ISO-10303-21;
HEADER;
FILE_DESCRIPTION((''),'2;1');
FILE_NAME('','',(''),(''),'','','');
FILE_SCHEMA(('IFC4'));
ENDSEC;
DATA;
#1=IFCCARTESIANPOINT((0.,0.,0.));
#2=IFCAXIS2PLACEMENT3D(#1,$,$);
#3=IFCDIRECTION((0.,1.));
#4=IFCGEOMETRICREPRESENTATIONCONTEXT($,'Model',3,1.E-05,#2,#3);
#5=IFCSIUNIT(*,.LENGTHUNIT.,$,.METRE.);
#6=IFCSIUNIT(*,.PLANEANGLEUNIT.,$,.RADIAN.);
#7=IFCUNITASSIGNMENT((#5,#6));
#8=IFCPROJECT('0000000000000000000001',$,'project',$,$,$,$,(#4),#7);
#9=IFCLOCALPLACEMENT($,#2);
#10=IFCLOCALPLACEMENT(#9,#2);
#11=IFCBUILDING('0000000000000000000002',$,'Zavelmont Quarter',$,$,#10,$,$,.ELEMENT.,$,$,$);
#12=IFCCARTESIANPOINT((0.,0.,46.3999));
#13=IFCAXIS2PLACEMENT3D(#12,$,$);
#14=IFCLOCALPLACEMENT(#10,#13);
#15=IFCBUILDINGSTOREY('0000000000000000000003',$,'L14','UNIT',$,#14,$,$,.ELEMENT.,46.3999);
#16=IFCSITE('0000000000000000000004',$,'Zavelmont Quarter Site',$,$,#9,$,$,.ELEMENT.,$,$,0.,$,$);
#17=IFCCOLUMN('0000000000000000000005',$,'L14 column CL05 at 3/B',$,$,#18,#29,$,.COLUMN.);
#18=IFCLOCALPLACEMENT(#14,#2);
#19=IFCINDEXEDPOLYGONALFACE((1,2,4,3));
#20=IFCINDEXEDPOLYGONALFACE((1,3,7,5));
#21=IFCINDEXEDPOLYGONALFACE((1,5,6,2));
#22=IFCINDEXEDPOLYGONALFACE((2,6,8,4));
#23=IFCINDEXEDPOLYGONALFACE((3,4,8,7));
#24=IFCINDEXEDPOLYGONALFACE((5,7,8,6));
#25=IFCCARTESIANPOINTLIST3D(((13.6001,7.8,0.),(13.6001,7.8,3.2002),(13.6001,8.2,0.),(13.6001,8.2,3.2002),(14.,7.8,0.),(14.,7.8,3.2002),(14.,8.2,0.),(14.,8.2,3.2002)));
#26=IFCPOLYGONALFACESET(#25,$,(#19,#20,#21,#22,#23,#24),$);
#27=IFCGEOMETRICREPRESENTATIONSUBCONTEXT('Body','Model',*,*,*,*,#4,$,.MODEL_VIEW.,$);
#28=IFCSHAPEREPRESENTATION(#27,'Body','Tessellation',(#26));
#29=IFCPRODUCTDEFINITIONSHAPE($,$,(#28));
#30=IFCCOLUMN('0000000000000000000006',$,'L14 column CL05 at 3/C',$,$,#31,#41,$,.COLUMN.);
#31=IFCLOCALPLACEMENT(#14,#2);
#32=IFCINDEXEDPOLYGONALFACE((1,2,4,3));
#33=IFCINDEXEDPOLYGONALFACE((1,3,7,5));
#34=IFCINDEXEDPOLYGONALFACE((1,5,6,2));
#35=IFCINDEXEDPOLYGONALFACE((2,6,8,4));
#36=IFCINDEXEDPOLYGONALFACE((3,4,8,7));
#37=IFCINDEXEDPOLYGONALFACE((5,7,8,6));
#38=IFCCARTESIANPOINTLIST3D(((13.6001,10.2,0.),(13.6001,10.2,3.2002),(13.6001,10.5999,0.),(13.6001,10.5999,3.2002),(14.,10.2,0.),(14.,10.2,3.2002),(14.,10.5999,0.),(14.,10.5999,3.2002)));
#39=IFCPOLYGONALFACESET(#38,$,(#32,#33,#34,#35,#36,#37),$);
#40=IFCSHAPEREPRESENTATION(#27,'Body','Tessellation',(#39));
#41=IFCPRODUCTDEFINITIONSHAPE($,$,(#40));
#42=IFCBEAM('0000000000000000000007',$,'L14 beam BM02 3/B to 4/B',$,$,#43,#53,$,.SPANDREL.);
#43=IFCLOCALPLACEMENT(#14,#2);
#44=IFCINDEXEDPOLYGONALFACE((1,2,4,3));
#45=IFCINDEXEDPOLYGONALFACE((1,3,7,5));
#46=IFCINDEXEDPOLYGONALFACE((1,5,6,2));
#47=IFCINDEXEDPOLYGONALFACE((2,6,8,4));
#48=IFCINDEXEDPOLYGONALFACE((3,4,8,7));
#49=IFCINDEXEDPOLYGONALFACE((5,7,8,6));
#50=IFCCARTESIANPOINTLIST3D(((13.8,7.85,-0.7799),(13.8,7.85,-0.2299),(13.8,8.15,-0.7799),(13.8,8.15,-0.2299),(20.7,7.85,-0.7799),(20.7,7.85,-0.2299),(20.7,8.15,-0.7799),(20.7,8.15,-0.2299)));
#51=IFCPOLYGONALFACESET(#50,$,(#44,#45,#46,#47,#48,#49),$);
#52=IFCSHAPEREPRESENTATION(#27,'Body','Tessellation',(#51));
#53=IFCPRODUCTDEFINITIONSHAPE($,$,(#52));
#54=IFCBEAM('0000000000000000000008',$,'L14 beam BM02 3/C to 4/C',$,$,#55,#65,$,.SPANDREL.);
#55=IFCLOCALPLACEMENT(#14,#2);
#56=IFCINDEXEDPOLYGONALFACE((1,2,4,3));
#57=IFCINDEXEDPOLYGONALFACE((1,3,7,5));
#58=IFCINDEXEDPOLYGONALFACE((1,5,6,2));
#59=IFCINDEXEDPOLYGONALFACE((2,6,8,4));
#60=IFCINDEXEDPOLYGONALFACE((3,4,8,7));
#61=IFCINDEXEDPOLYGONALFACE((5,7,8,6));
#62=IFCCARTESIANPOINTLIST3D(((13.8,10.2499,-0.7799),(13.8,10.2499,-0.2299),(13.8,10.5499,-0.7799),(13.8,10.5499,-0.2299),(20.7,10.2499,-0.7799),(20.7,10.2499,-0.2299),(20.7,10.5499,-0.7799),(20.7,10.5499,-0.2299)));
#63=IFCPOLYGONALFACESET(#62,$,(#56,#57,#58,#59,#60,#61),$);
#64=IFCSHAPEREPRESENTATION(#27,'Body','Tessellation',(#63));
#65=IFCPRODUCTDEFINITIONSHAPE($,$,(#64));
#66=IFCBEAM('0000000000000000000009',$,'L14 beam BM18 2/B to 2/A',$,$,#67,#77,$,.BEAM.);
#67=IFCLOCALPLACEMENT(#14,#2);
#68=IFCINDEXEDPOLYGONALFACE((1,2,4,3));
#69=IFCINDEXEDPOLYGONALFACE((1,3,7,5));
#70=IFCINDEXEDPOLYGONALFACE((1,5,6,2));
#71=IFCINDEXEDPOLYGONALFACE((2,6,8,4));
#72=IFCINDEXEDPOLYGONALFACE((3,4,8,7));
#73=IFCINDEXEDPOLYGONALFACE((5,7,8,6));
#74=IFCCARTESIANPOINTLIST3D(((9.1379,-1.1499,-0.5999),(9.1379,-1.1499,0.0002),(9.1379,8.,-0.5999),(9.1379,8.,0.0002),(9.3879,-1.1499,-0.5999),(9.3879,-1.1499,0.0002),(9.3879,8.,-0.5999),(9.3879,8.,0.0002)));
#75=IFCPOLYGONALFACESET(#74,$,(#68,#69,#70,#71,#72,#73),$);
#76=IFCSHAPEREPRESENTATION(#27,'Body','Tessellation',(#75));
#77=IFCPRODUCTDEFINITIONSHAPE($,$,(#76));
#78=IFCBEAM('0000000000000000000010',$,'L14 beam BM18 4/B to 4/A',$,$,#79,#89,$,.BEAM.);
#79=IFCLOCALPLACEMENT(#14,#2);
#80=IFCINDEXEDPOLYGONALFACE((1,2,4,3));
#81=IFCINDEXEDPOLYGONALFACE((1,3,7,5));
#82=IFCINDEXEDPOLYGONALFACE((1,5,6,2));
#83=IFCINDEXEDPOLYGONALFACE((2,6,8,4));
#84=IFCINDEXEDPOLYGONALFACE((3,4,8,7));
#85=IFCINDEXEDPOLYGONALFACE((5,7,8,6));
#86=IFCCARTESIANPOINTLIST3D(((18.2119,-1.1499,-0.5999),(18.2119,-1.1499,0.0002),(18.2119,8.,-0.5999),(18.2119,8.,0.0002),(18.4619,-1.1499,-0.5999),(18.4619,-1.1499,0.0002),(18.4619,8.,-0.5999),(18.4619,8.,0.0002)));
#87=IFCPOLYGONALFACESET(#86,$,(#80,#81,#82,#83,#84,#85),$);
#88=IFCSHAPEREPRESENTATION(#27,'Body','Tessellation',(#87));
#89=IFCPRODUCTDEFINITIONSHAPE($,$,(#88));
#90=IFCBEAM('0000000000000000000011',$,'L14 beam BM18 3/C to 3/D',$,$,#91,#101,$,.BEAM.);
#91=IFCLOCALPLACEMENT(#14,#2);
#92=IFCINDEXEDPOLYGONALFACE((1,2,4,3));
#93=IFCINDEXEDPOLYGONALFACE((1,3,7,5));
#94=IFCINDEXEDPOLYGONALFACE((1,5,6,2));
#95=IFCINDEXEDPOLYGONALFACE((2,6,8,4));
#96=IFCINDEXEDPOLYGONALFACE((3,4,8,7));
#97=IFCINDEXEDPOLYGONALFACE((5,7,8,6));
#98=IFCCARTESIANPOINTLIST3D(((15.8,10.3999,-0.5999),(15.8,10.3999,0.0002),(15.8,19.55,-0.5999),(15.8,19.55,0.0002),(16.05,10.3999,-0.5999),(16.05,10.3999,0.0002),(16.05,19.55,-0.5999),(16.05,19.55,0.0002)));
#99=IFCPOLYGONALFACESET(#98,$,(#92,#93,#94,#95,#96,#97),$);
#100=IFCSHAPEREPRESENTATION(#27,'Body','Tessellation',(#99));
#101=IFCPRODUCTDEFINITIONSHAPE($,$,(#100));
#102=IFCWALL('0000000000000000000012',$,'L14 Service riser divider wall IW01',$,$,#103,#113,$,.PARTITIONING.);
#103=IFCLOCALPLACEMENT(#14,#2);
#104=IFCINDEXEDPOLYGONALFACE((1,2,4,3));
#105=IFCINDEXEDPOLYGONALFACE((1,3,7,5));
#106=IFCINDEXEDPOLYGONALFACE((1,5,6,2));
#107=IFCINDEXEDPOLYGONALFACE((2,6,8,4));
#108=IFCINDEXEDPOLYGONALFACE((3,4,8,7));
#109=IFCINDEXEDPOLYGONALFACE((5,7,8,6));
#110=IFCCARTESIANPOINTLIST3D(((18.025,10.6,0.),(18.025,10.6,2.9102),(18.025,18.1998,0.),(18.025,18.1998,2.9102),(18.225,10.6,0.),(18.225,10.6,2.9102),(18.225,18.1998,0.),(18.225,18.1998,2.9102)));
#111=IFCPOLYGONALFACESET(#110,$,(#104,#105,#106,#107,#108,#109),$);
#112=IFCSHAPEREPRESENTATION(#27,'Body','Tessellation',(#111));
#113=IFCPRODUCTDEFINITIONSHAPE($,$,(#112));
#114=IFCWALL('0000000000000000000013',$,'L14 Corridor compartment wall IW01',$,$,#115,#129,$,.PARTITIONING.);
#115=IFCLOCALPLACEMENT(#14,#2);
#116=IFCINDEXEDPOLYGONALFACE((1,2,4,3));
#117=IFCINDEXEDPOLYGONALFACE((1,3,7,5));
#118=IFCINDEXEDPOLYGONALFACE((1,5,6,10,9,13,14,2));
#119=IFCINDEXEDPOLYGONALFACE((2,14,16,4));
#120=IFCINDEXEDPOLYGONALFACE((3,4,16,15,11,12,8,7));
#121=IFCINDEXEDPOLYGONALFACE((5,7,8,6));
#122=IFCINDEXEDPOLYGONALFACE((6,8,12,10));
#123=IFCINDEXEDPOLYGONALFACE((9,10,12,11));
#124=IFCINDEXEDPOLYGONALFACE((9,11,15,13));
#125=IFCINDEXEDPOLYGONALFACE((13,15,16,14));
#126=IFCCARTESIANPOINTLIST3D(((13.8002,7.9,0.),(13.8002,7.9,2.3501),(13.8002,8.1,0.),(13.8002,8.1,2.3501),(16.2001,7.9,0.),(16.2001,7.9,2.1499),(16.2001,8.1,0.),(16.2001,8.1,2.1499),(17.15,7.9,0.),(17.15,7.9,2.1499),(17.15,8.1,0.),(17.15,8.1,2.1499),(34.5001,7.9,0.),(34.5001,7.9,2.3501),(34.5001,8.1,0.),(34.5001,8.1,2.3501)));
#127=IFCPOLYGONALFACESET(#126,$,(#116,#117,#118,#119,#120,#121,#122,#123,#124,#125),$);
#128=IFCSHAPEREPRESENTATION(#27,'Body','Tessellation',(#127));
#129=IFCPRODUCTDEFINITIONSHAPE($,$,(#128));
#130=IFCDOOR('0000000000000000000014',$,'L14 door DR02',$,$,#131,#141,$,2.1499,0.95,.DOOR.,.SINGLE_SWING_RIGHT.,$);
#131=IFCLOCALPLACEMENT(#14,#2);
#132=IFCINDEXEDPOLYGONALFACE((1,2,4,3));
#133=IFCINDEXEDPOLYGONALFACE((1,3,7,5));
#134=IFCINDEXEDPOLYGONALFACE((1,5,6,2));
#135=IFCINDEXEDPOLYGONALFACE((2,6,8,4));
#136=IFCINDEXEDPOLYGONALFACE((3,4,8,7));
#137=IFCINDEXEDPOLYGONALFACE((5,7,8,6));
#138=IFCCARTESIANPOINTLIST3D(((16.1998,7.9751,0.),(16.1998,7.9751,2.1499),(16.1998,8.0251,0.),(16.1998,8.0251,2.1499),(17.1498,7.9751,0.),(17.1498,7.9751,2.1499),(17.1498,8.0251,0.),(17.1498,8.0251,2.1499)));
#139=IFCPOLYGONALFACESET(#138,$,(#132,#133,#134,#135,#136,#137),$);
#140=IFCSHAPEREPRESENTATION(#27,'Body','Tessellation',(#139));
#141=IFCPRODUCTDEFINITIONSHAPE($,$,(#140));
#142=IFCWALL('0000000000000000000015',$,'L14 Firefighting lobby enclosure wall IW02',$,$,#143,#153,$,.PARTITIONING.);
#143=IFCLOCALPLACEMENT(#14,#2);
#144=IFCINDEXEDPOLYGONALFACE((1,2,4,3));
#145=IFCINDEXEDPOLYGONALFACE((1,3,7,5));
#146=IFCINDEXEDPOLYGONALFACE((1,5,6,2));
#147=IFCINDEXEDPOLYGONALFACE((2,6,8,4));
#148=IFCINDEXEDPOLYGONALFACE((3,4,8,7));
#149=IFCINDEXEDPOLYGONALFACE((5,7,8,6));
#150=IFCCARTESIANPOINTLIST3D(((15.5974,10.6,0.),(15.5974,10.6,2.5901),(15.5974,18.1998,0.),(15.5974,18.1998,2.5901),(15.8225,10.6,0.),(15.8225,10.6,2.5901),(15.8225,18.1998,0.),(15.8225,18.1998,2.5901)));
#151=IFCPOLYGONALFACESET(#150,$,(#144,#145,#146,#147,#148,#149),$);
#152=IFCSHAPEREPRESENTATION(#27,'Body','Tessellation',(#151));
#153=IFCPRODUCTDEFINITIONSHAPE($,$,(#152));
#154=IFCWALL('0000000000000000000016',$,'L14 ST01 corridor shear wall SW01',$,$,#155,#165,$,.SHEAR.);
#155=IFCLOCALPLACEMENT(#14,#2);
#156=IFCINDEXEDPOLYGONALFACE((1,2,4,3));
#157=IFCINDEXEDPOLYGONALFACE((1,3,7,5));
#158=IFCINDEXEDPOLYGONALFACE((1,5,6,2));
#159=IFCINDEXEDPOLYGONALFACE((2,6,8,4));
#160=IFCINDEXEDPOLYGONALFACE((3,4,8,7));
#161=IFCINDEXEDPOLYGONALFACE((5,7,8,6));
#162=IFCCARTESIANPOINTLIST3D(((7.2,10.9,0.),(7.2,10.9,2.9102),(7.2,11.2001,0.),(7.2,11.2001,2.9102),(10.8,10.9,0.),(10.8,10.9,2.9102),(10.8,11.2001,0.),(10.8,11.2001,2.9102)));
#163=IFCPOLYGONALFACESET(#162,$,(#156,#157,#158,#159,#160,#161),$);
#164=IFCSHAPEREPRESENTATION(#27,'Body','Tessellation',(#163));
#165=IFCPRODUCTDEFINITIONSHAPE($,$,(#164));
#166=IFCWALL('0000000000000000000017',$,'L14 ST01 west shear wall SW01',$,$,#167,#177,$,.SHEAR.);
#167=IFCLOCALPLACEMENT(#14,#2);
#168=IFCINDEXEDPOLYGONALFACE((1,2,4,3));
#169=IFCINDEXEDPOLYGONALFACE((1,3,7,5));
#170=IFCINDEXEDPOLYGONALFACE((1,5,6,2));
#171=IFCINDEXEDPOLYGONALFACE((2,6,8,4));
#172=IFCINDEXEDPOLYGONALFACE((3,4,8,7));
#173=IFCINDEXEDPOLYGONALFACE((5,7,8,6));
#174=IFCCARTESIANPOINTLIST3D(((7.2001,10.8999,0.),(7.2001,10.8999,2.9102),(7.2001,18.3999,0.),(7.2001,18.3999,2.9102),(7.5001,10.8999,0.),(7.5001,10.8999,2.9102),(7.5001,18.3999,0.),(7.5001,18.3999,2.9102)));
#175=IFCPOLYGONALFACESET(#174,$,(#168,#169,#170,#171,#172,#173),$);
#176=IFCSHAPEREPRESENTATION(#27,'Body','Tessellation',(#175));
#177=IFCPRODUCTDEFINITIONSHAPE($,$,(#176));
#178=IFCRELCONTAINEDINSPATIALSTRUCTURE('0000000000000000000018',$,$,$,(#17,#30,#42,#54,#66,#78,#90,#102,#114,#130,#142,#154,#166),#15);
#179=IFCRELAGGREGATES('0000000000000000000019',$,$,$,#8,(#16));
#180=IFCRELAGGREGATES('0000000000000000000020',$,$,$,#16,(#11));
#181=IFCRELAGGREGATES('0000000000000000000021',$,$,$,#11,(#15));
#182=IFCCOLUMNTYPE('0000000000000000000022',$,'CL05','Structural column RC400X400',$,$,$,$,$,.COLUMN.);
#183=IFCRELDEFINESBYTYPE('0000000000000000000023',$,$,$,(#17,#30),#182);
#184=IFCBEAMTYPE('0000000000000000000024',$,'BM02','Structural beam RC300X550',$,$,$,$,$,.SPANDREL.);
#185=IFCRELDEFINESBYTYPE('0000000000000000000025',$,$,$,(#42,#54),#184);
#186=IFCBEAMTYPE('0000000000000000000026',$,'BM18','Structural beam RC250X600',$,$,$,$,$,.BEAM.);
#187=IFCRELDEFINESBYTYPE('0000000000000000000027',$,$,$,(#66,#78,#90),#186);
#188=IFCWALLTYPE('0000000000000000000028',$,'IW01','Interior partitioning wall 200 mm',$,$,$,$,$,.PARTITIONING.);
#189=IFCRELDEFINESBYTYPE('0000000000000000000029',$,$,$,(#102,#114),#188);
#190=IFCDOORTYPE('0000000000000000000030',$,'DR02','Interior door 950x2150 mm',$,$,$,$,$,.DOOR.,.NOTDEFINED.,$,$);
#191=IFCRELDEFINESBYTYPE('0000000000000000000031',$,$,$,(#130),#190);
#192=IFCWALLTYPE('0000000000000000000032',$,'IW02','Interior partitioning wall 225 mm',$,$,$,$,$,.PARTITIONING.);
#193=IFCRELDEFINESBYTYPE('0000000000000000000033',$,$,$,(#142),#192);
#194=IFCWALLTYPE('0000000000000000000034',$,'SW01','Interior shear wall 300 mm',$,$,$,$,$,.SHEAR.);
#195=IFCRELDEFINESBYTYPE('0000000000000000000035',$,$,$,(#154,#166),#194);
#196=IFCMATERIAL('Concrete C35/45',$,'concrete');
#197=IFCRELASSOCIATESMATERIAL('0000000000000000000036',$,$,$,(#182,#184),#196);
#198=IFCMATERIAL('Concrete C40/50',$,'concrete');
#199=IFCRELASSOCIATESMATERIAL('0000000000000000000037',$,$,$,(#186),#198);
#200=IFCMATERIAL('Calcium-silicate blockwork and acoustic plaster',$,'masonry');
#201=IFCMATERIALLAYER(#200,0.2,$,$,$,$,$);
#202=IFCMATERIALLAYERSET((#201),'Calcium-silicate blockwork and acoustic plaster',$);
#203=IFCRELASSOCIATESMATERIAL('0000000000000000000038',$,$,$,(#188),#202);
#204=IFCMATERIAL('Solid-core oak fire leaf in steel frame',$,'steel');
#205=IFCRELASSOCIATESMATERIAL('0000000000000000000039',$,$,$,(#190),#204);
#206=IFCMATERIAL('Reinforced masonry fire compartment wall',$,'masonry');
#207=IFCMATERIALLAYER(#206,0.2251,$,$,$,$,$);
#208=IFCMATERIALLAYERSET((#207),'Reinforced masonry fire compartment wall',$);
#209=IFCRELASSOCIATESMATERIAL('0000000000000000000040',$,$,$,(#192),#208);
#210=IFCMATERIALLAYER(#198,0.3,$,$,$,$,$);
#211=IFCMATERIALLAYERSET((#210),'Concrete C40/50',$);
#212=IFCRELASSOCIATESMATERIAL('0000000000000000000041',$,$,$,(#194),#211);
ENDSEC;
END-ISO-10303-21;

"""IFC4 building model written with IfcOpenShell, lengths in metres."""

from ifc_helpers import new_model, si_unit, direction, frame, frame_2d, origin, origin_2d, place, context, subcontext, project, spatial, rectangle, extrude, material, layer, layer_set, material_profile, profile_set, type_object, element, fill, save


model = new_model("IFC4")

# Units and contexts
model_context = context("Model", 3, precision=1e-05, world=origin(), true_north=direction((0.0, 1.0)))
body_context = subcontext(model_context, "Body", "Model", "MODEL_VIEW")
ifc_project = project(units=[si_unit("LENGTHUNIT", "METRE"), si_unit("PLANEANGLEUNIT", "RADIAN")], contexts=[model_context])

# Site, building, storey
site_placement = place(None, origin())
site = spatial("IfcSite", under=ifc_project, at=site_placement, Name="Zavelmont Quarter Site", CompositionType="ELEMENT", RefElevation=0.0)
building_placement = place(site_placement, origin())
building = spatial("IfcBuilding", under=site, at=building_placement, Name="Zavelmont Quarter", CompositionType="ELEMENT")
storey_placement = place(building_placement, frame((0.0, 0.0, 46.3999)))
storey = spatial("IfcBuildingStorey", under=building, at=storey_placement, Name="L14", Description="UNIT", CompositionType="ELEMENT", Elevation=46.3999)

# Columns
ifc_material_1 = material(Name="Concrete C35/45", Category="concrete")
ifc_material_profile_1 = material_profile(ifc_material_1, rectangle(XDim=0.3999, YDim=0.3999, at=origin_2d()), Name="RC400X400")
ifc_profile_set_1 = profile_set([ifc_material_profile_1], Name="Concrete C35/45")
column_type = type_object("IfcColumnType", Name="CL05", Description="Structural column RC400X400", PredefinedType="COLUMN", material=ifc_profile_set_1)
for number, where, z_axis, x_axis, name in (
    (1, (13.8, 8.0, 0.0), (0.0, 0.0, 1.0), (1.0, 0.0, 0.0), "L14 column CL05 at 3/B"),
    (2, (13.8, 10.3999, 0.0), (0.0, 0.0, 1.0), (1.0, 0.0, 0.0), "L14 column CL05 at 3/C"),
):
    element("IfcColumn", number, at=place(storey_placement, frame(where, z_axis=z_axis, x_axis=x_axis)), inside=storey, type_object=column_type, Name=name, PredefinedType="COLUMN", context=body_context, shape_type="SweptSolid", body=[
        extrude(rectangle(XDim=0.3999, YDim=0.3999, at=origin_2d()), origin(), (0.0, 0.0, 1.0), 3.2002),
    ])

# Beams
ifc_material_profile_2 = material_profile(ifc_material_1, rectangle(XDim=0.3, YDim=0.55, at=origin_2d()), Name="RC300X550")
ifc_profile_set_2 = profile_set([ifc_material_profile_2], Name="Concrete C35/45")
beam_type_1 = type_object("IfcBeamType", Name="BM02", Description="Structural beam RC300X550", PredefinedType="SPANDREL", material=ifc_profile_set_2)
for number, where, z_axis, x_axis, name in (
    (3, (13.8, 8.0, -0.5049), (1.0, 0.0, 0.0), (0.0, 1.0, 0.0), "L14 beam BM02 3/B to 4/B"),
    (4, (13.8, 10.3999, -0.5049), (1.0, 0.0, 0.0), (0.0, 1.0, 0.0), "L14 beam BM02 3/C to 4/C"),
):
    element("IfcBeam", number, at=place(storey_placement, frame(where, z_axis=z_axis, x_axis=x_axis)), inside=storey, type_object=beam_type_1, Name=name, PredefinedType="SPANDREL", context=body_context, shape_type="SweptSolid", body=[
        extrude(rectangle(XDim=0.3, YDim=0.55, at=origin_2d()), origin(), (0.0, 0.0, 1.0), 6.8999),
    ])
ifc_material_2 = material(Name="Concrete C40/50", Category="concrete")
ifc_material_profile_3 = material_profile(ifc_material_2, rectangle(XDim=0.25, YDim=0.6001, at=origin_2d()), Name="RC250X600")
ifc_profile_set_3 = profile_set([ifc_material_profile_3], Name="Concrete C40/50")
beam_type_2 = type_object("IfcBeamType", Name="BM18", Description="Structural beam RC250X600", PredefinedType="BEAM", material=ifc_profile_set_3)
for number, where, z_axis, x_axis, name in (
    (5, (9.2629, 8.0, -0.2998), (0.0, -1.0, 0.0), (1.0, 0.0, 0.0), "L14 beam BM18 2/B to 2/A"),
    (6, (18.3369, 8.0, -0.2998), (0.0, -1.0, 0.0), (1.0, 0.0, 0.0), "L14 beam BM18 4/B to 4/A"),
):
    element("IfcBeam", number, at=place(storey_placement, frame(where, z_axis=z_axis, x_axis=x_axis)), inside=storey, type_object=beam_type_2, Name=name, PredefinedType="BEAM", context=body_context, shape_type="SweptSolid", body=[
        extrude(rectangle(XDim=0.25, YDim=0.6001, at=origin_2d()), origin(), (0.0, 0.0, 1.0), 9.1499),
    ])
beam_placement = place(storey_placement, frame((15.925, 10.3999, -0.2998), z_axis=(0.0, 1.0, 0.0), x_axis=(-1.0, 0.0, 0.0)))
element("IfcBeam", 7, at=beam_placement, inside=storey, type_object=beam_type_2, Name="L14 beam BM18 3/C to 3/D", PredefinedType="BEAM", context=body_context, shape_type="SweptSolid", body=[
    extrude(rectangle(XDim=0.25, YDim=0.6001, at=origin_2d()), origin(), (0.0, 0.0, 1.0), 9.1501),
])

# Wall
ifc_material_3 = material(Name="Calcium-silicate blockwork and acoustic plaster", Category="masonry")
ifc_layer_1 = layer(ifc_material_3, 0.2)
ifc_layer_set_1 = layer_set([ifc_layer_1], Name="Calcium-silicate blockwork and acoustic plaster")
wall_type_1 = type_object("IfcWallType", Name="IW01", Description="Interior partitioning wall 200 mm", PredefinedType="PARTITIONING", material=ifc_layer_set_1)
wall_1_placement = place(storey_placement, frame((18.125, 10.6001, 0.0), z_axis=(0.0, 0.0, 1.0), x_axis=(0.0, 1.0, 0.0)))
element("IfcWall", 8, at=wall_1_placement, inside=storey, type_object=wall_type_1, Name="L14 Service riser divider wall IW01", PredefinedType="PARTITIONING", context=body_context, shape_type="SweptSolid", body=[
    extrude(rectangle(XDim=7.5999, YDim=0.2, at=frame_2d((3.7998, 0.0))), origin(), (0.0, 0.0, 1.0), 2.9102),
])

# Wall, opening, door
wall_2_placement = place(storey_placement, frame((13.8, 8.0, 0.0), z_axis=(0.0, 0.0, 1.0), x_axis=(1.0, 0.0, 0.0)))
wall_2 = element("IfcWall", 9, at=wall_2_placement, inside=storey, type_object=wall_type_1, Name="L14 Corridor compartment wall IW01", PredefinedType="PARTITIONING", context=body_context, shape_type="SweptSolid", body=[
    extrude(rectangle(XDim=20.7, YDim=0.2, at=frame_2d((10.3501, 0.0))), origin(), (0.0, 0.0, 1.0), 2.3501),
])
opening_1_placement = place(wall_2_placement, frame((2.3999, 0.0, 0.0)))
opening_1 = element("IfcOpeningElement", 10, at=opening_1_placement, cuts=wall_2, PredefinedType="OPENING", context=body_context, shape_type="SweptSolid", body=[
    extrude(rectangle(XDim=0.95, YDim=2.1499, at=frame_2d((0.4751, 1.075))), frame((0.0, 0.1118, 0.0), z_axis=(0.0, -1.0, 0.0), x_axis=(1.0, 0.0, 0.0)), (0.0, 0.0, 1.0), 0.2239),
])
ifc_material_4 = material(Name="Solid-core oak fire leaf in steel frame", Category="steel")
door_type_1 = type_object("IfcDoorType", Name="DR02", Description="Interior door 950x2150 mm", OperationType="NOTDEFINED", PredefinedType="DOOR", material=ifc_material_4)
door_1_placement = place(opening_1_placement, frame((0.95, 0.0, 0.0), z_axis=(0.0, 0.0, 1.0), x_axis=(-1.0, 0.0, 0.0)))
door_1 = element("IfcDoor", 11, at=door_1_placement, inside=storey, type_object=door_type_1, Name="L14 door DR02", OperationType="SINGLE_SWING_RIGHT", OverallHeight=2.1499, OverallWidth=0.95, PredefinedType="DOOR", context=body_context, shape_type="SweptSolid", body=[
    extrude(rectangle(XDim=0.95, YDim=2.1499, at=frame_2d((0.4751, 1.075))), frame((0.0, 0.0249, 0.0), z_axis=(0.0, -1.0, 0.0), x_axis=(1.0, 0.0, 0.0)), (0.0, 0.0, 1.0), 0.05),
])
fill(opening_1, door_1)

# Wall
ifc_material_5 = material(Name="Reinforced masonry fire compartment wall", Category="masonry")
ifc_layer_2 = layer(ifc_material_5, 0.2251)
ifc_layer_set_2 = layer_set([ifc_layer_2], Name="Reinforced masonry fire compartment wall")
wall_type_2 = type_object("IfcWallType", Name="IW02", Description="Interior partitioning wall 225 mm", PredefinedType="PARTITIONING", material=ifc_layer_set_2)
wall_3_placement = place(storey_placement, frame((15.71, 10.6001, 0.0), z_axis=(0.0, 0.0, 1.0), x_axis=(0.0, 1.0, 0.0)))
element("IfcWall", 12, at=wall_3_placement, inside=storey, type_object=wall_type_2, Name="L14 Firefighting lobby enclosure wall IW02", PredefinedType="PARTITIONING", context=body_context, shape_type="SweptSolid", body=[
    extrude(rectangle(XDim=7.5999, YDim=0.2251, at=frame_2d((3.7998, 0.0))), origin(), (0.0, 0.0, 1.0), 2.5901),
])

# Walls
ifc_layer_3 = layer(ifc_material_2, 0.3)
ifc_layer_set_3 = layer_set([ifc_layer_3], Name="Concrete C40/50")
wall_type_3 = type_object("IfcWallType", Name="SW01", Description="Interior shear wall 300 mm", PredefinedType="SHEAR", material=ifc_layer_set_3)
wall_4_placement = place(storey_placement, frame((7.2, 11.05, 0.0), z_axis=(0.0, 0.0, 1.0), x_axis=(1.0, 0.0, 0.0)))
element("IfcWall", 13, at=wall_4_placement, inside=storey, type_object=wall_type_3, Name="L14 ST01 corridor shear wall SW01", PredefinedType="SHEAR", context=body_context, shape_type="SweptSolid", body=[
    extrude(rectangle(XDim=3.6001, YDim=0.3, at=frame_2d((1.8, 0.0))), origin(), (0.0, 0.0, 1.0), 2.9102),
])
wall_5_placement = place(storey_placement, frame((7.3501, 10.8999, 0.0), z_axis=(0.0, 0.0, 1.0), x_axis=(0.0, 1.0, 0.0)))
element("IfcWall", 14, at=wall_5_placement, inside=storey, type_object=wall_type_3, Name="L14 ST01 west shear wall SW01", PredefinedType="SHEAR", context=body_context, shape_type="SweptSolid", body=[
    extrude(rectangle(XDim=7.5, YDim=0.3, at=frame_2d((3.75, 0.0))), origin(), (0.0, 0.0, 1.0), 2.9102),
])

save(model, "model.ifc")
